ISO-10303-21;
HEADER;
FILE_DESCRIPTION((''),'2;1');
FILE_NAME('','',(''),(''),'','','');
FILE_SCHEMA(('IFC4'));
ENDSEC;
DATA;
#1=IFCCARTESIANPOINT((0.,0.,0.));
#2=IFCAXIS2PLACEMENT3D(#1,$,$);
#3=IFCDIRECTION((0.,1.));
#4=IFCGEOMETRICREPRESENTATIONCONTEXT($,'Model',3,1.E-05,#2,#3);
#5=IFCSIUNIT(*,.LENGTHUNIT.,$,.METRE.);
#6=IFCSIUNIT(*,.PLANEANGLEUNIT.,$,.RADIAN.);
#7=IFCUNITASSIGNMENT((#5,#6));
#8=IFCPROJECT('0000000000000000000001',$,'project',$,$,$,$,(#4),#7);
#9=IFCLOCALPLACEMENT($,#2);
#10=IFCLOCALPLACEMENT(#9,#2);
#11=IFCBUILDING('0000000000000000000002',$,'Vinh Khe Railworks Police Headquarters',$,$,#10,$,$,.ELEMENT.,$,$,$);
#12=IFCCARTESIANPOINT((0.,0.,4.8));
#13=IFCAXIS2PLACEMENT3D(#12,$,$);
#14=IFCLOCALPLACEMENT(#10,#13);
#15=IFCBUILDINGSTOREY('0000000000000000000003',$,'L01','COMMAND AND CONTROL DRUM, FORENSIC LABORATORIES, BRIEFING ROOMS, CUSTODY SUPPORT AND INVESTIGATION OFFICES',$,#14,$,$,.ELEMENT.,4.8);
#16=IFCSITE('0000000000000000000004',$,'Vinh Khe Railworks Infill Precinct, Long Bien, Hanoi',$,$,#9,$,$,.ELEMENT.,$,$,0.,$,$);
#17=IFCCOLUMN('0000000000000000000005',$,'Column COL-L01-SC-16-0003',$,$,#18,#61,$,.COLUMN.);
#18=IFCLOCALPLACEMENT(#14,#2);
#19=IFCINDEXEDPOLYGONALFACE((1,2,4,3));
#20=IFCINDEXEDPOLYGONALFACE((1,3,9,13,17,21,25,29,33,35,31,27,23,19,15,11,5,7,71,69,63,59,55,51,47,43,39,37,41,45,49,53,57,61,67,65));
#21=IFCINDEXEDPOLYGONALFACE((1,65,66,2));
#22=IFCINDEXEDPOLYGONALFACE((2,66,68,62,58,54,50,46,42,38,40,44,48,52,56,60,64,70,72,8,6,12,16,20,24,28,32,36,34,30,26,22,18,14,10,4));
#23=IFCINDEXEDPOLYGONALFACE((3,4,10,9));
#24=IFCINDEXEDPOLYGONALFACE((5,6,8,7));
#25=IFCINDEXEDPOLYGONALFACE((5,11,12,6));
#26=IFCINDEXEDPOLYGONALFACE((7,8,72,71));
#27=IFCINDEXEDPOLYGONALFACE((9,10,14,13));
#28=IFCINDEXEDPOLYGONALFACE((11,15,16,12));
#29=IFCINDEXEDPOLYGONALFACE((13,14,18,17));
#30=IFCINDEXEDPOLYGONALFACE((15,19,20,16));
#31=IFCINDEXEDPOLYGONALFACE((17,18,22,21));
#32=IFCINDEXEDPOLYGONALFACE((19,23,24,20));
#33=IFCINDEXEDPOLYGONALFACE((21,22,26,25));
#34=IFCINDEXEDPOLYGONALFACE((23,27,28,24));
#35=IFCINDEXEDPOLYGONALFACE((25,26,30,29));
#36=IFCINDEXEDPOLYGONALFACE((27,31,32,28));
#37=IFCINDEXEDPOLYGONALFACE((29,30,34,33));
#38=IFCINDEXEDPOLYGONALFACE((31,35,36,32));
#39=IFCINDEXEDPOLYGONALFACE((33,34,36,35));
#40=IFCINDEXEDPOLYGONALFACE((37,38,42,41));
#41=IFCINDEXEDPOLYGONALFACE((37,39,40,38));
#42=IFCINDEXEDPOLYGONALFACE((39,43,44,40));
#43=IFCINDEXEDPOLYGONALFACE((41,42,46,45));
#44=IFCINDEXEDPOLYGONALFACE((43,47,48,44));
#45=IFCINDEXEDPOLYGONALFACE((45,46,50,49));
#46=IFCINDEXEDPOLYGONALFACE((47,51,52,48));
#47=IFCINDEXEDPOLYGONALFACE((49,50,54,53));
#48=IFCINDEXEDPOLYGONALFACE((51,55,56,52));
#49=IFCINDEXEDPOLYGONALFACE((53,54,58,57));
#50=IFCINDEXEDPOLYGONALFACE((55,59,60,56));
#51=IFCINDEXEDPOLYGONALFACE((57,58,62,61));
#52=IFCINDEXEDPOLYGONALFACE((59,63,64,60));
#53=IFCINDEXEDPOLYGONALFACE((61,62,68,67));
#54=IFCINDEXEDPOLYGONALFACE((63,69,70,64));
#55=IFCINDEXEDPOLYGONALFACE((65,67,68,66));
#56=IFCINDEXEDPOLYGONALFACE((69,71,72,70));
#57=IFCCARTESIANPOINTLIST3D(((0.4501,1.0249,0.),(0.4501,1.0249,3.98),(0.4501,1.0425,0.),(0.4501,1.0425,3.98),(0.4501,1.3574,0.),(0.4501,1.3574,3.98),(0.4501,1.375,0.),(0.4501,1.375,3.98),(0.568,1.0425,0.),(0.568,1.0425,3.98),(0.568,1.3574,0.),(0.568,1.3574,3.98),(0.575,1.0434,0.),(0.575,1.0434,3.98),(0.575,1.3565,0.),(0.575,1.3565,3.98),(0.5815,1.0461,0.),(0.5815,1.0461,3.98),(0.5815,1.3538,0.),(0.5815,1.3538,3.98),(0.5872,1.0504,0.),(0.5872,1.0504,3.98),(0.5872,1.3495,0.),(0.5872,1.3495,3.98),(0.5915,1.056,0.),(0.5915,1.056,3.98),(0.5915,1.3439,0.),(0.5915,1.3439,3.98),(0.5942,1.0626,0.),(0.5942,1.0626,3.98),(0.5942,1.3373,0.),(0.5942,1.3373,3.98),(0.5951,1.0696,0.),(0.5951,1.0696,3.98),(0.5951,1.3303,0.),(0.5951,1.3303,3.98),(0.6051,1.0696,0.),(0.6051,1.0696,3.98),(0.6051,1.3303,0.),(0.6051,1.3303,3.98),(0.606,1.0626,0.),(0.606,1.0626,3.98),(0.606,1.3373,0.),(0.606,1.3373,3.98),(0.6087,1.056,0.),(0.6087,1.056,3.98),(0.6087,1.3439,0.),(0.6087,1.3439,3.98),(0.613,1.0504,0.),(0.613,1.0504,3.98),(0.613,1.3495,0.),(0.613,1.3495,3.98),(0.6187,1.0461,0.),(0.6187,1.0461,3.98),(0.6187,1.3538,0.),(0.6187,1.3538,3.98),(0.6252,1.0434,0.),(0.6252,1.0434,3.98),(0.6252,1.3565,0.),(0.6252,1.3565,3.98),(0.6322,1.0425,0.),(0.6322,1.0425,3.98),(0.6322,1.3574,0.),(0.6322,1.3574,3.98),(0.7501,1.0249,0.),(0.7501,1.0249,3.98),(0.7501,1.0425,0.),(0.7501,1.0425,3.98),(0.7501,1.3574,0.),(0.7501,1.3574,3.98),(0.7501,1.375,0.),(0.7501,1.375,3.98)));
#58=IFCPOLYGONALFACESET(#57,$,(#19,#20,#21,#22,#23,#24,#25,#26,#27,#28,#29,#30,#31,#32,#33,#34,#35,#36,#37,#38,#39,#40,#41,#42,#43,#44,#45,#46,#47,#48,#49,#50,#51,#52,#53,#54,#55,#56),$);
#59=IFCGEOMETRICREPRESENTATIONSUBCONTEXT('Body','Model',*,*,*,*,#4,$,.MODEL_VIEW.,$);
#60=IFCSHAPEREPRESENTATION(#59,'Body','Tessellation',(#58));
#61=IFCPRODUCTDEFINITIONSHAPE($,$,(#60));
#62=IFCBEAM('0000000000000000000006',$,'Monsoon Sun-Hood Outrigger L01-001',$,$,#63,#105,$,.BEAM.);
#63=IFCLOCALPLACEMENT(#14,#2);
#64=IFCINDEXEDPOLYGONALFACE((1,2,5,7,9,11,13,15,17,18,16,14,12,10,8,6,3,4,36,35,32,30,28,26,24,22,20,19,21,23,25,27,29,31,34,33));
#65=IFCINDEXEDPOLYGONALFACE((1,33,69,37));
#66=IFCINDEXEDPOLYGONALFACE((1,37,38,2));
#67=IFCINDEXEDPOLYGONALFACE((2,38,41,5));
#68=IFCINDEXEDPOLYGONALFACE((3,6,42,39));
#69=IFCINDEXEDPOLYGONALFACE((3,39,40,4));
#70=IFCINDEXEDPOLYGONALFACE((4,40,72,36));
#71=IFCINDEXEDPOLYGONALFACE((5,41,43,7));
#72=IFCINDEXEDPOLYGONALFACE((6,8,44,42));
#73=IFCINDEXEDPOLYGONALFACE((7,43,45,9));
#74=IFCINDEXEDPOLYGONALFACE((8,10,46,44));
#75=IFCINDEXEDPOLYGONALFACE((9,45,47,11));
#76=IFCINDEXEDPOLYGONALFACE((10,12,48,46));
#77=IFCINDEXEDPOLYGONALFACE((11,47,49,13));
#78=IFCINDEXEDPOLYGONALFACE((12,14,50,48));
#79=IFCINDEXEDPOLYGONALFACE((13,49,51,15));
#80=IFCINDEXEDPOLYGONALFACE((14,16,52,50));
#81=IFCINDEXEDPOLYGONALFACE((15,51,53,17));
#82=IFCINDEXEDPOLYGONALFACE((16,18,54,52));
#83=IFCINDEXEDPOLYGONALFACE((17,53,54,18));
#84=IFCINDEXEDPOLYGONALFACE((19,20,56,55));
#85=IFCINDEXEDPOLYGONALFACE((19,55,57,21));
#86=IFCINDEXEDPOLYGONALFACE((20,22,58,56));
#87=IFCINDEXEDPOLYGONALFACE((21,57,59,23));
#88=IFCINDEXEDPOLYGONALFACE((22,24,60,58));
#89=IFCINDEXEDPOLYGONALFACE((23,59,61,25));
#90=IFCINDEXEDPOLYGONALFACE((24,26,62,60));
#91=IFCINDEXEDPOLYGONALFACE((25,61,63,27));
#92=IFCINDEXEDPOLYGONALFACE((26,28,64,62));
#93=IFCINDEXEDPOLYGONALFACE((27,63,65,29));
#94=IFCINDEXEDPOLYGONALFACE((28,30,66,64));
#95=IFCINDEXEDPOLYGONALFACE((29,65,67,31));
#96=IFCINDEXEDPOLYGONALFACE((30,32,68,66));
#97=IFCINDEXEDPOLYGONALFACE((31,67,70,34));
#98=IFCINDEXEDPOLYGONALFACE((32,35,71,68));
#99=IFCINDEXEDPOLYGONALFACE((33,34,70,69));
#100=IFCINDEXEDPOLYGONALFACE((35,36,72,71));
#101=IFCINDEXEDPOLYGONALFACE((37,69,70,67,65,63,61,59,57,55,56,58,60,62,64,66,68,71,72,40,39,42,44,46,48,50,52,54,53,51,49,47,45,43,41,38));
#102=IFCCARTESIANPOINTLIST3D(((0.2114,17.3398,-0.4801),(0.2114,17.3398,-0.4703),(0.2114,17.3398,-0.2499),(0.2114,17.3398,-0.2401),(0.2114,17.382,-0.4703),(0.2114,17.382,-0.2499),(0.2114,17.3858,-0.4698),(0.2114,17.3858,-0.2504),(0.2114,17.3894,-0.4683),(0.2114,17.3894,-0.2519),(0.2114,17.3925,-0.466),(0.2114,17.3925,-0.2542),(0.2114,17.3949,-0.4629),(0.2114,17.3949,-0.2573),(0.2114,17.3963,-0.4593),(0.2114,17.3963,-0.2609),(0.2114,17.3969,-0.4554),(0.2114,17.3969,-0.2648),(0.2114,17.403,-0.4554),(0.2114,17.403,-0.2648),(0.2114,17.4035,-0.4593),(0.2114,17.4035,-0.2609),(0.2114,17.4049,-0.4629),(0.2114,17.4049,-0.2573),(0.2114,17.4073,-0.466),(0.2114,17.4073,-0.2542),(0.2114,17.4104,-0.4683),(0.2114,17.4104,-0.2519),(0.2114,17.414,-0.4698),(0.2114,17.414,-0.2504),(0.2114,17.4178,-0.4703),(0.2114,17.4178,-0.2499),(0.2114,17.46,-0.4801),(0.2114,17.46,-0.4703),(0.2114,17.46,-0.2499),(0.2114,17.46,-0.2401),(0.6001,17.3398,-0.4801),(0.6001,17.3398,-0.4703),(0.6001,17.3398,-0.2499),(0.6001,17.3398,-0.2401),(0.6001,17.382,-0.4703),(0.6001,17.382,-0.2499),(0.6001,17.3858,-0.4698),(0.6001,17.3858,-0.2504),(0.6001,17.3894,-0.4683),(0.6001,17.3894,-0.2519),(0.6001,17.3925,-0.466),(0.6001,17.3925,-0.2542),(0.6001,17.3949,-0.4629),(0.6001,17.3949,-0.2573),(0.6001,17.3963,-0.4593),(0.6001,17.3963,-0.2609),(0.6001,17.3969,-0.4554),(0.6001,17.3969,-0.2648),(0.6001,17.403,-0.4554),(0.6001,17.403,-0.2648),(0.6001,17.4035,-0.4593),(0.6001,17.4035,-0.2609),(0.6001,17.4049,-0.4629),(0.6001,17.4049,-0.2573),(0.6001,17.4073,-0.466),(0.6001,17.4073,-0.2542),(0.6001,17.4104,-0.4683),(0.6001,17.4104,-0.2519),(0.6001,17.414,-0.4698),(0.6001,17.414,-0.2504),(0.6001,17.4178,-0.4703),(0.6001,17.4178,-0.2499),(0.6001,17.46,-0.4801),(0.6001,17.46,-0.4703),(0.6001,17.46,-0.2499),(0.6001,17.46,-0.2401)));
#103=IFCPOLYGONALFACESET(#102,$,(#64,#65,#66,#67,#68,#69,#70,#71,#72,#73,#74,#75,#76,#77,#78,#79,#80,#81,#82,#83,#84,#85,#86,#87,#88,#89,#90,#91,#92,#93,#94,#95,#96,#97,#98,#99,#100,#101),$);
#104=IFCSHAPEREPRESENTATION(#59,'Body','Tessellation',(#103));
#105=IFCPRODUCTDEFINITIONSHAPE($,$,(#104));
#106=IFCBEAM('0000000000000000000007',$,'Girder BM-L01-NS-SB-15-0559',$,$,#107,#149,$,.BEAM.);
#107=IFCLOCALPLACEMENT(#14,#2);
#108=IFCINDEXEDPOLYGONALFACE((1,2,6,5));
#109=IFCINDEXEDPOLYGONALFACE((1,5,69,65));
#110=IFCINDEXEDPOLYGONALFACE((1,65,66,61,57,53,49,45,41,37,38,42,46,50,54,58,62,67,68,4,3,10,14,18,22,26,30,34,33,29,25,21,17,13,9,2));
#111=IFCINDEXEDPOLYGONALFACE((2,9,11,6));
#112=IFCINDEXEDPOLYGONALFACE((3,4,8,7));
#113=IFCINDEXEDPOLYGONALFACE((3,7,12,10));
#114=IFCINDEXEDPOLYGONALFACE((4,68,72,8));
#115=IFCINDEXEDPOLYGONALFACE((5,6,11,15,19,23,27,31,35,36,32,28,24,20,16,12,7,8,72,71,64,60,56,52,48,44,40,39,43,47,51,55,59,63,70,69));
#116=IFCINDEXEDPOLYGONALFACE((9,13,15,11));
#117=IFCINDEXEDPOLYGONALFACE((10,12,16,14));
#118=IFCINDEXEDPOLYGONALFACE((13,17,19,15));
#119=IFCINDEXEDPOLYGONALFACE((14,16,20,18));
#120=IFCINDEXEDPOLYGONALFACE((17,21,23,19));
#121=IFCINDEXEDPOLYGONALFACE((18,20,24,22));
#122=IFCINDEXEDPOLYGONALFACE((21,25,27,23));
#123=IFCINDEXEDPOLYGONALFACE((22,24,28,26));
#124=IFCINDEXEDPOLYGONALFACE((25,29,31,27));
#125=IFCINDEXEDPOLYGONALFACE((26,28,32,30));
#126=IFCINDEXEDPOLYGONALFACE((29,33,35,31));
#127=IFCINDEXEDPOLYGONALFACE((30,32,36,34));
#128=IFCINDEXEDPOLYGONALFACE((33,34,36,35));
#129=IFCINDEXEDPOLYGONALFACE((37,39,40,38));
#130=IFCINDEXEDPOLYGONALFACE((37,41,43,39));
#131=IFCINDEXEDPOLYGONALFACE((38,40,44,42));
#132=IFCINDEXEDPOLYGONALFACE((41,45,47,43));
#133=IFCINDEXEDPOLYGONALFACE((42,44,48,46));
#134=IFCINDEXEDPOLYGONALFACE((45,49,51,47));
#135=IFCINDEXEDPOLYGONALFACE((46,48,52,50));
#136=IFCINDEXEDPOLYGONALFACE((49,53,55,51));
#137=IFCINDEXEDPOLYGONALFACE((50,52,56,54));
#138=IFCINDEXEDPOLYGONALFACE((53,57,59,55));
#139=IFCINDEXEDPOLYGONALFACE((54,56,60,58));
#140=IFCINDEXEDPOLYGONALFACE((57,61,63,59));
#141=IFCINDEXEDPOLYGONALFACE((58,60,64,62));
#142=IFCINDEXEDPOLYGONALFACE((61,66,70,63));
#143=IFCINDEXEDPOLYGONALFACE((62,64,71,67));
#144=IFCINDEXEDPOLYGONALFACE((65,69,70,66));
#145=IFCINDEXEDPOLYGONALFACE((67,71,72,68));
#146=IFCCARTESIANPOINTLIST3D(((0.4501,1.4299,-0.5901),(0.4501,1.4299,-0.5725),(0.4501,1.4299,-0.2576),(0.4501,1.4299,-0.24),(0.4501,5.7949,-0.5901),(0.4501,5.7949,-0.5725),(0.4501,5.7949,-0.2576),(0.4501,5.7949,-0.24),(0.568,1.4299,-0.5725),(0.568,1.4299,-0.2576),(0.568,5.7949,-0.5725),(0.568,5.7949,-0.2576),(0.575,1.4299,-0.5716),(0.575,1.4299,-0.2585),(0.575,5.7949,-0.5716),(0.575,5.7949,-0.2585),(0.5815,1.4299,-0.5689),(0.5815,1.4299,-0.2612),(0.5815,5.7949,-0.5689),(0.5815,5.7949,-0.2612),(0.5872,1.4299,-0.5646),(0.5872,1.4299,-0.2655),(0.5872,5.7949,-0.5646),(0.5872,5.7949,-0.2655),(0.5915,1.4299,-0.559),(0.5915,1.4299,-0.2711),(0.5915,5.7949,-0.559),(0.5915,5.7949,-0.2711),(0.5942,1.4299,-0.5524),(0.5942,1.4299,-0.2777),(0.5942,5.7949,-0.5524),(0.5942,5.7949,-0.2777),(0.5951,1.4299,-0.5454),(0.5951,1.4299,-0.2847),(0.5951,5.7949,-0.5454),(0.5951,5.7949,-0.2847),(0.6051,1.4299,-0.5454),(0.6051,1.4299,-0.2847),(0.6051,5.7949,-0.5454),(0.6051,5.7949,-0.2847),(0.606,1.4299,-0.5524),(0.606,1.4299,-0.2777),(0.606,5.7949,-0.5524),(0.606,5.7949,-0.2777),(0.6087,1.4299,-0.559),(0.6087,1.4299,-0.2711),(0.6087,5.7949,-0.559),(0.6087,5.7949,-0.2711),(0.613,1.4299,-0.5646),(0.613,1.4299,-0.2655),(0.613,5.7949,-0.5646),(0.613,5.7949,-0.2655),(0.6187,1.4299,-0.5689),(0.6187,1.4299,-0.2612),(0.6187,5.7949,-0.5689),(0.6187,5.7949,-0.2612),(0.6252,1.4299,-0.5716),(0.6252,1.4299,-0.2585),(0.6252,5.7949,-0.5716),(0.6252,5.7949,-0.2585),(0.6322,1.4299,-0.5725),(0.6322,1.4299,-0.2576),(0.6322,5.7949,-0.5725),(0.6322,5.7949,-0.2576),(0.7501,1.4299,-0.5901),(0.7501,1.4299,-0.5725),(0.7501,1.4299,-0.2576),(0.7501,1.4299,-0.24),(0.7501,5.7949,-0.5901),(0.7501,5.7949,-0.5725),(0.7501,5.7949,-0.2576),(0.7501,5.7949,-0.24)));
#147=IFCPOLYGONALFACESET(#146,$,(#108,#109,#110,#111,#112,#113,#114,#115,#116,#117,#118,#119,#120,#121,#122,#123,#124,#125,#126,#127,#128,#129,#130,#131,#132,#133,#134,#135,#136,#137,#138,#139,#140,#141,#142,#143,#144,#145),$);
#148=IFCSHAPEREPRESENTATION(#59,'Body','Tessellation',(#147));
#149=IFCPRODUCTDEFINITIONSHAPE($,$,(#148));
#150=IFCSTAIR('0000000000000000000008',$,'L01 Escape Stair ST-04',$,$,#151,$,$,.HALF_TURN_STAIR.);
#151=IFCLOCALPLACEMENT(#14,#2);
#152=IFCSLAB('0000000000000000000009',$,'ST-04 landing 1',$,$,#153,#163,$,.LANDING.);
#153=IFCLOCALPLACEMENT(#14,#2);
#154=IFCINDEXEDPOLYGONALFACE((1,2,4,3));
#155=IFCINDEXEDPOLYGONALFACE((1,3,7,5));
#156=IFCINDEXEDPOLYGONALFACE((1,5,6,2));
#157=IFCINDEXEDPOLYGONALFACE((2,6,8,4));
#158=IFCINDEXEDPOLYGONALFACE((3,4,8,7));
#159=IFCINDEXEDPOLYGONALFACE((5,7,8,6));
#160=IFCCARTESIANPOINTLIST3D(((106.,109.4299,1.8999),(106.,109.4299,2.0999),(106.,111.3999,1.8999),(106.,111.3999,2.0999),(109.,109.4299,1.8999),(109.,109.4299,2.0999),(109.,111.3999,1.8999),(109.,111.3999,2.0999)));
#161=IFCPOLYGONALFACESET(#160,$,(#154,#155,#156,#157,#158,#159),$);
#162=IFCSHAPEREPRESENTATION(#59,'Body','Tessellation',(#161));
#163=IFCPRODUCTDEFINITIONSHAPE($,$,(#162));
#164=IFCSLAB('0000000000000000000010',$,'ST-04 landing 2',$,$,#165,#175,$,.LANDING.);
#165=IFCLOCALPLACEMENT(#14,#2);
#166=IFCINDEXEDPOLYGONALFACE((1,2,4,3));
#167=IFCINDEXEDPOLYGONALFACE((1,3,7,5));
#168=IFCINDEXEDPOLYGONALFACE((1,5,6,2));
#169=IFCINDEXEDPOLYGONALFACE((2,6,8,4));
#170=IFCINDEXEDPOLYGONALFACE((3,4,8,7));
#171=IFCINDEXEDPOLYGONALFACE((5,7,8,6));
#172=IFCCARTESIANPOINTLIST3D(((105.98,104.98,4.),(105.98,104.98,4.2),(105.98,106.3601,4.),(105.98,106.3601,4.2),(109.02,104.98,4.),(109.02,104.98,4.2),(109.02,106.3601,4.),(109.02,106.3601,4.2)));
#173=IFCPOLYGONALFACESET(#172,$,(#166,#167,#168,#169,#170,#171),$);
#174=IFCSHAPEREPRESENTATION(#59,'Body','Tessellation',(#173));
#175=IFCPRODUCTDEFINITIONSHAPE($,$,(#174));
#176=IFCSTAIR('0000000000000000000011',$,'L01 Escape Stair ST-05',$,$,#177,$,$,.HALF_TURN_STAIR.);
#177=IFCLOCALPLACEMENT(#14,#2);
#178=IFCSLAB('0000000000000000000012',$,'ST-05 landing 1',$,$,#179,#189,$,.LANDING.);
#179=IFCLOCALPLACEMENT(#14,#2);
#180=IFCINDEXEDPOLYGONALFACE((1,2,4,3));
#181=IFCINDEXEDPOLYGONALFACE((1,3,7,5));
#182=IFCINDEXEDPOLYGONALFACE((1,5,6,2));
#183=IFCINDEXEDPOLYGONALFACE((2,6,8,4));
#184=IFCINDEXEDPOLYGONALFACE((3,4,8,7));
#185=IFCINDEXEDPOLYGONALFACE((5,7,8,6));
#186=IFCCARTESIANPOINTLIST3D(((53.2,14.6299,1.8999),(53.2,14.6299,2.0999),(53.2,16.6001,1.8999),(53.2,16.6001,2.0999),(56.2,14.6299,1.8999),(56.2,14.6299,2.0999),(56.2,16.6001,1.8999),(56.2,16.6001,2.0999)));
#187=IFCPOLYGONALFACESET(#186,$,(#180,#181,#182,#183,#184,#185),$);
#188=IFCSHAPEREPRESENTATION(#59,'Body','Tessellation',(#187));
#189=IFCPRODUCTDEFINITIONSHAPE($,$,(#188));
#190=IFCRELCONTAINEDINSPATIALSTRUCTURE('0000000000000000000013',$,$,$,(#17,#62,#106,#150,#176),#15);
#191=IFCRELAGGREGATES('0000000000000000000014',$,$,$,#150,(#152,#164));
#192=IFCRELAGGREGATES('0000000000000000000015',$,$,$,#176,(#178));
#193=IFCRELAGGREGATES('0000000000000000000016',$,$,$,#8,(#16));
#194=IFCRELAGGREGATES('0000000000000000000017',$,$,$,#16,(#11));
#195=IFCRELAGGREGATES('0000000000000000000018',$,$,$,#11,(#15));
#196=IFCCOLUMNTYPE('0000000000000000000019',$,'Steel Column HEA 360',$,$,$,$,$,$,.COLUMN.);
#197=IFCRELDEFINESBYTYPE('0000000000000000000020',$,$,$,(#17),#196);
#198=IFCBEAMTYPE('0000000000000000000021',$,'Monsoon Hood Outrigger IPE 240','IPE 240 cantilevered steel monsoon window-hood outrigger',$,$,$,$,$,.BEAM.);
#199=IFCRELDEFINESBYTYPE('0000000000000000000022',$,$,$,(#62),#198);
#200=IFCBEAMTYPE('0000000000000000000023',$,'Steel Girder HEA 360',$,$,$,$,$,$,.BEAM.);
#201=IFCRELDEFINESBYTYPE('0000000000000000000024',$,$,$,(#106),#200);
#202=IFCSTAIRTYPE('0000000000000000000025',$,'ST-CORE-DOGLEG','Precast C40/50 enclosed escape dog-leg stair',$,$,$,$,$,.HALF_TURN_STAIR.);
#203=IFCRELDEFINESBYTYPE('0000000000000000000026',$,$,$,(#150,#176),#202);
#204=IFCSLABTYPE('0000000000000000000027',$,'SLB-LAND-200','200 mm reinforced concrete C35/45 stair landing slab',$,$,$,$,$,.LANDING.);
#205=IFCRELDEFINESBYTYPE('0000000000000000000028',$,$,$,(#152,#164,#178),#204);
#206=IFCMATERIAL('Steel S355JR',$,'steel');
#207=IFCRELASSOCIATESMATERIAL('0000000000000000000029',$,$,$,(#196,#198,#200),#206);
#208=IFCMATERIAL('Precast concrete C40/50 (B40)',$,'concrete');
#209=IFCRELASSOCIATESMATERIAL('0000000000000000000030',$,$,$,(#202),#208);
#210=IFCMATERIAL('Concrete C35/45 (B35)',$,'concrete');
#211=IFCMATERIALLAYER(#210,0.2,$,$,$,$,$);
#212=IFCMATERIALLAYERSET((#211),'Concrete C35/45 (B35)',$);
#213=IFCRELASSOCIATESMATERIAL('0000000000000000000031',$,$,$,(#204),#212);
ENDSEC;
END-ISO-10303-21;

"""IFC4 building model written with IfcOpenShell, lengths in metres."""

from ifc_helpers import new_model, si_unit, direction, frame, origin, origin_2d, place, context, subcontext, project, spatial, polyline, i_section, outline, extrude, material, layer, layer_set, material_profile, profile_set, type_object, element, aggregate, save


model = new_model("IFC4")

# Units and contexts
model_context = context("Model", 3, precision=1e-05, world=origin(), true_north=direction((0.0, 1.0)))
body_context = subcontext(model_context, "Body", "Model", "MODEL_VIEW")
ifc_project = project(units=[si_unit("LENGTHUNIT", "METRE"), si_unit("PLANEANGLEUNIT", "RADIAN")], contexts=[model_context])

# Site, building, storey
site_placement = place(None, origin())
site = spatial("IfcSite", under=ifc_project, at=site_placement, Name="Vinh Khe Railworks Infill Precinct, Long Bien, Hanoi", CompositionType="ELEMENT", RefElevation=0.0)
building_placement = place(site_placement, origin())
building = spatial("IfcBuilding", under=site, at=building_placement, Name="Vinh Khe Railworks Police Headquarters", CompositionType="ELEMENT")
storey_placement = place(building_placement, frame((0.0, 0.0, 4.8)))
storey = spatial("IfcBuildingStorey", under=building, at=storey_placement, Name="L01", Description="COMMAND AND CONTROL DRUM, FORENSIC LABORATORIES, BRIEFING ROOMS, CUSTODY SUPPORT AND INVESTIGATION OFFICES", CompositionType="ELEMENT", Elevation=4.8)

# Column
ifc_material_1 = material(Name="Steel S355JR", Category="steel")
ifc_material_profile_1 = material_profile(ifc_material_1, i_section(OverallWidth=0.3, OverallDepth=0.3501, WebThickness=0.01, FlangeThickness=0.0176, FilletRadius=0.0271, at=origin_2d()), Name="HEA 360")
ifc_profile_set_1 = profile_set([ifc_material_profile_1], Name="Steel S355JR")
column_type = type_object("IfcColumnType", Name="Steel Column HEA 360", PredefinedType="COLUMN", material=ifc_profile_set_1)
column_placement = place(storey_placement, frame((0.6001, 1.2, 0.0), z_axis=(0.0, 0.0, 1.0), x_axis=(1.0, 0.0, 0.0)))
element("IfcColumn", 1, at=column_placement, inside=storey, type_object=column_type, Name="Column COL-L01-SC-16-0003", PredefinedType="COLUMN", context=body_context, shape_type="SweptSolid", body=[
    extrude(i_section(OverallWidth=0.3, OverallDepth=0.3501, WebThickness=0.01, FlangeThickness=0.0176, FilletRadius=0.0271, at=origin_2d()), origin(), (0.0, 0.0, 1.0), 3.98),
])

# Beams
ifc_material_profile_2 = material_profile(ifc_material_1, i_section(OverallWidth=0.1201, OverallDepth=0.24, WebThickness=0.0061, FlangeThickness=0.0098, FilletRadius=0.0149, at=origin_2d()), Name="IPE 240")
ifc_profile_set_2 = profile_set([ifc_material_profile_2], Name="Steel S355JR")
beam_type_1 = type_object("IfcBeamType", Name="Monsoon Hood Outrigger IPE 240", Description="IPE 240 cantilevered steel monsoon window-hood outrigger", PredefinedType="BEAM", material=ifc_profile_set_2)
beam_1_placement = place(storey_placement, frame((0.2114, 17.3999, -0.3601), z_axis=(1.0, 0.0, 0.0), x_axis=(0.0, 1.0, 0.0)))
element("IfcBeam", 2, at=beam_1_placement, inside=storey, type_object=beam_type_1, Name="Monsoon Sun-Hood Outrigger L01-001", PredefinedType="BEAM", context=body_context, shape_type="SweptSolid", body=[
    extrude(i_section(OverallWidth=0.1201, OverallDepth=0.24, WebThickness=0.0061, FlangeThickness=0.0098, FilletRadius=0.0149, at=origin_2d()), origin(), (0.0, 0.0, 1.0), 0.3887),
])
ifc_material_profile_3 = material_profile(ifc_material_1, i_section(OverallWidth=0.3, OverallDepth=0.3501, WebThickness=0.01, FlangeThickness=0.0176, FilletRadius=0.0271, at=origin_2d()), Name="HEA 360")
ifc_profile_set_3 = profile_set([ifc_material_profile_3], Name="Steel S355JR")
beam_type_2 = type_object("IfcBeamType", Name="Steel Girder HEA 360", PredefinedType="BEAM", material=ifc_profile_set_3)
beam_2_placement = place(storey_placement, frame((0.6001, 1.4299, -0.415), z_axis=(0.0, 1.0, 0.0), x_axis=(-1.0, 0.0, 0.0)))
element("IfcBeam", 3, at=beam_2_placement, inside=storey, type_object=beam_type_2, Name="Girder BM-L01-NS-SB-15-0559", PredefinedType="BEAM", context=body_context, shape_type="SweptSolid", body=[
    extrude(i_section(OverallWidth=0.3, OverallDepth=0.3501, WebThickness=0.01, FlangeThickness=0.0176, FilletRadius=0.0271, at=origin_2d()), origin(), (0.0, 0.0, 1.0), 4.365),
])

# Stairs, slabs
ifc_material_2 = material(Name="Precast concrete C40/50 (B40)", Category="concrete")
stair_type_1 = type_object("IfcStairType", Name="ST-CORE-DOGLEG", Description="Precast C40/50 enclosed escape dog-leg stair", PredefinedType="HALF_TURN_STAIR", material=ifc_material_2)
stair_1_placement = place(storey_placement, origin())
stair_1 = element("IfcStair", 4, at=stair_1_placement, inside=storey, type_object=stair_type_1, Name="L01 Escape Stair ST-04", PredefinedType="HALF_TURN_STAIR")
ifc_material_3 = material(Name="Concrete C35/45 (B35)", Category="concrete")
ifc_layer_1 = layer(ifc_material_3, 0.2)
ifc_layer_set_1 = layer_set([ifc_layer_1], Name="Concrete C35/45 (B35)")
slab_type = type_object("IfcSlabType", Name="SLB-LAND-200", Description="200 mm reinforced concrete C35/45 stair landing slab", PredefinedType="LANDING", material=ifc_layer_set_1)
slab_1_placement = place(storey_placement, frame((0.0, 0.0, 1.8999)))
slab_1 = element("IfcSlab", 5, at=slab_1_placement, type_object=slab_type, Name="ST-04 landing 1", PredefinedType="LANDING", context=body_context, shape_type="SweptSolid", body=[
    extrude(outline(polyline([(109.0, 109.4299), (109.0, 111.3999), (106.0, 111.3999), (106.0, 109.4299), (109.0, 109.4299)])), origin(), (0.0, 0.0, 1.0), 0.2),
])
slab_2_placement = place(storey_placement, frame((0.0, 0.0, 4.0)))
slab_2 = element("IfcSlab", 6, at=slab_2_placement, type_object=slab_type, Name="ST-04 landing 2", PredefinedType="LANDING", context=body_context, shape_type="SweptSolid", body=[
    extrude(outline(polyline([(105.98, 104.98), (109.02, 104.98), (109.02, 106.3601), (105.98, 106.3601), (105.98, 104.98)])), origin(), (0.0, 0.0, 1.0), 0.2),
])
aggregate(stair_1, [slab_1, slab_2])
stair_2_placement = place(storey_placement, origin())
stair_2 = element("IfcStair", 7, at=stair_2_placement, inside=storey, type_object=stair_type_1, Name="L01 Escape Stair ST-05", PredefinedType="HALF_TURN_STAIR")
slab_3_placement = place(storey_placement, frame((0.0, 0.0, 1.8999)))
slab_3 = element("IfcSlab", 8, at=slab_3_placement, type_object=slab_type, Name="ST-05 landing 1", PredefinedType="LANDING", context=body_context, shape_type="SweptSolid", body=[
    extrude(outline(polyline([(56.2, 14.6299), (56.2, 16.6001), (53.2, 16.6001), (53.2, 14.6299), (56.2, 14.6299)])), origin(), (0.0, 0.0, 1.0), 0.2),
])
aggregate(stair_2, [slab_3])

save(model, "model.ifc")
